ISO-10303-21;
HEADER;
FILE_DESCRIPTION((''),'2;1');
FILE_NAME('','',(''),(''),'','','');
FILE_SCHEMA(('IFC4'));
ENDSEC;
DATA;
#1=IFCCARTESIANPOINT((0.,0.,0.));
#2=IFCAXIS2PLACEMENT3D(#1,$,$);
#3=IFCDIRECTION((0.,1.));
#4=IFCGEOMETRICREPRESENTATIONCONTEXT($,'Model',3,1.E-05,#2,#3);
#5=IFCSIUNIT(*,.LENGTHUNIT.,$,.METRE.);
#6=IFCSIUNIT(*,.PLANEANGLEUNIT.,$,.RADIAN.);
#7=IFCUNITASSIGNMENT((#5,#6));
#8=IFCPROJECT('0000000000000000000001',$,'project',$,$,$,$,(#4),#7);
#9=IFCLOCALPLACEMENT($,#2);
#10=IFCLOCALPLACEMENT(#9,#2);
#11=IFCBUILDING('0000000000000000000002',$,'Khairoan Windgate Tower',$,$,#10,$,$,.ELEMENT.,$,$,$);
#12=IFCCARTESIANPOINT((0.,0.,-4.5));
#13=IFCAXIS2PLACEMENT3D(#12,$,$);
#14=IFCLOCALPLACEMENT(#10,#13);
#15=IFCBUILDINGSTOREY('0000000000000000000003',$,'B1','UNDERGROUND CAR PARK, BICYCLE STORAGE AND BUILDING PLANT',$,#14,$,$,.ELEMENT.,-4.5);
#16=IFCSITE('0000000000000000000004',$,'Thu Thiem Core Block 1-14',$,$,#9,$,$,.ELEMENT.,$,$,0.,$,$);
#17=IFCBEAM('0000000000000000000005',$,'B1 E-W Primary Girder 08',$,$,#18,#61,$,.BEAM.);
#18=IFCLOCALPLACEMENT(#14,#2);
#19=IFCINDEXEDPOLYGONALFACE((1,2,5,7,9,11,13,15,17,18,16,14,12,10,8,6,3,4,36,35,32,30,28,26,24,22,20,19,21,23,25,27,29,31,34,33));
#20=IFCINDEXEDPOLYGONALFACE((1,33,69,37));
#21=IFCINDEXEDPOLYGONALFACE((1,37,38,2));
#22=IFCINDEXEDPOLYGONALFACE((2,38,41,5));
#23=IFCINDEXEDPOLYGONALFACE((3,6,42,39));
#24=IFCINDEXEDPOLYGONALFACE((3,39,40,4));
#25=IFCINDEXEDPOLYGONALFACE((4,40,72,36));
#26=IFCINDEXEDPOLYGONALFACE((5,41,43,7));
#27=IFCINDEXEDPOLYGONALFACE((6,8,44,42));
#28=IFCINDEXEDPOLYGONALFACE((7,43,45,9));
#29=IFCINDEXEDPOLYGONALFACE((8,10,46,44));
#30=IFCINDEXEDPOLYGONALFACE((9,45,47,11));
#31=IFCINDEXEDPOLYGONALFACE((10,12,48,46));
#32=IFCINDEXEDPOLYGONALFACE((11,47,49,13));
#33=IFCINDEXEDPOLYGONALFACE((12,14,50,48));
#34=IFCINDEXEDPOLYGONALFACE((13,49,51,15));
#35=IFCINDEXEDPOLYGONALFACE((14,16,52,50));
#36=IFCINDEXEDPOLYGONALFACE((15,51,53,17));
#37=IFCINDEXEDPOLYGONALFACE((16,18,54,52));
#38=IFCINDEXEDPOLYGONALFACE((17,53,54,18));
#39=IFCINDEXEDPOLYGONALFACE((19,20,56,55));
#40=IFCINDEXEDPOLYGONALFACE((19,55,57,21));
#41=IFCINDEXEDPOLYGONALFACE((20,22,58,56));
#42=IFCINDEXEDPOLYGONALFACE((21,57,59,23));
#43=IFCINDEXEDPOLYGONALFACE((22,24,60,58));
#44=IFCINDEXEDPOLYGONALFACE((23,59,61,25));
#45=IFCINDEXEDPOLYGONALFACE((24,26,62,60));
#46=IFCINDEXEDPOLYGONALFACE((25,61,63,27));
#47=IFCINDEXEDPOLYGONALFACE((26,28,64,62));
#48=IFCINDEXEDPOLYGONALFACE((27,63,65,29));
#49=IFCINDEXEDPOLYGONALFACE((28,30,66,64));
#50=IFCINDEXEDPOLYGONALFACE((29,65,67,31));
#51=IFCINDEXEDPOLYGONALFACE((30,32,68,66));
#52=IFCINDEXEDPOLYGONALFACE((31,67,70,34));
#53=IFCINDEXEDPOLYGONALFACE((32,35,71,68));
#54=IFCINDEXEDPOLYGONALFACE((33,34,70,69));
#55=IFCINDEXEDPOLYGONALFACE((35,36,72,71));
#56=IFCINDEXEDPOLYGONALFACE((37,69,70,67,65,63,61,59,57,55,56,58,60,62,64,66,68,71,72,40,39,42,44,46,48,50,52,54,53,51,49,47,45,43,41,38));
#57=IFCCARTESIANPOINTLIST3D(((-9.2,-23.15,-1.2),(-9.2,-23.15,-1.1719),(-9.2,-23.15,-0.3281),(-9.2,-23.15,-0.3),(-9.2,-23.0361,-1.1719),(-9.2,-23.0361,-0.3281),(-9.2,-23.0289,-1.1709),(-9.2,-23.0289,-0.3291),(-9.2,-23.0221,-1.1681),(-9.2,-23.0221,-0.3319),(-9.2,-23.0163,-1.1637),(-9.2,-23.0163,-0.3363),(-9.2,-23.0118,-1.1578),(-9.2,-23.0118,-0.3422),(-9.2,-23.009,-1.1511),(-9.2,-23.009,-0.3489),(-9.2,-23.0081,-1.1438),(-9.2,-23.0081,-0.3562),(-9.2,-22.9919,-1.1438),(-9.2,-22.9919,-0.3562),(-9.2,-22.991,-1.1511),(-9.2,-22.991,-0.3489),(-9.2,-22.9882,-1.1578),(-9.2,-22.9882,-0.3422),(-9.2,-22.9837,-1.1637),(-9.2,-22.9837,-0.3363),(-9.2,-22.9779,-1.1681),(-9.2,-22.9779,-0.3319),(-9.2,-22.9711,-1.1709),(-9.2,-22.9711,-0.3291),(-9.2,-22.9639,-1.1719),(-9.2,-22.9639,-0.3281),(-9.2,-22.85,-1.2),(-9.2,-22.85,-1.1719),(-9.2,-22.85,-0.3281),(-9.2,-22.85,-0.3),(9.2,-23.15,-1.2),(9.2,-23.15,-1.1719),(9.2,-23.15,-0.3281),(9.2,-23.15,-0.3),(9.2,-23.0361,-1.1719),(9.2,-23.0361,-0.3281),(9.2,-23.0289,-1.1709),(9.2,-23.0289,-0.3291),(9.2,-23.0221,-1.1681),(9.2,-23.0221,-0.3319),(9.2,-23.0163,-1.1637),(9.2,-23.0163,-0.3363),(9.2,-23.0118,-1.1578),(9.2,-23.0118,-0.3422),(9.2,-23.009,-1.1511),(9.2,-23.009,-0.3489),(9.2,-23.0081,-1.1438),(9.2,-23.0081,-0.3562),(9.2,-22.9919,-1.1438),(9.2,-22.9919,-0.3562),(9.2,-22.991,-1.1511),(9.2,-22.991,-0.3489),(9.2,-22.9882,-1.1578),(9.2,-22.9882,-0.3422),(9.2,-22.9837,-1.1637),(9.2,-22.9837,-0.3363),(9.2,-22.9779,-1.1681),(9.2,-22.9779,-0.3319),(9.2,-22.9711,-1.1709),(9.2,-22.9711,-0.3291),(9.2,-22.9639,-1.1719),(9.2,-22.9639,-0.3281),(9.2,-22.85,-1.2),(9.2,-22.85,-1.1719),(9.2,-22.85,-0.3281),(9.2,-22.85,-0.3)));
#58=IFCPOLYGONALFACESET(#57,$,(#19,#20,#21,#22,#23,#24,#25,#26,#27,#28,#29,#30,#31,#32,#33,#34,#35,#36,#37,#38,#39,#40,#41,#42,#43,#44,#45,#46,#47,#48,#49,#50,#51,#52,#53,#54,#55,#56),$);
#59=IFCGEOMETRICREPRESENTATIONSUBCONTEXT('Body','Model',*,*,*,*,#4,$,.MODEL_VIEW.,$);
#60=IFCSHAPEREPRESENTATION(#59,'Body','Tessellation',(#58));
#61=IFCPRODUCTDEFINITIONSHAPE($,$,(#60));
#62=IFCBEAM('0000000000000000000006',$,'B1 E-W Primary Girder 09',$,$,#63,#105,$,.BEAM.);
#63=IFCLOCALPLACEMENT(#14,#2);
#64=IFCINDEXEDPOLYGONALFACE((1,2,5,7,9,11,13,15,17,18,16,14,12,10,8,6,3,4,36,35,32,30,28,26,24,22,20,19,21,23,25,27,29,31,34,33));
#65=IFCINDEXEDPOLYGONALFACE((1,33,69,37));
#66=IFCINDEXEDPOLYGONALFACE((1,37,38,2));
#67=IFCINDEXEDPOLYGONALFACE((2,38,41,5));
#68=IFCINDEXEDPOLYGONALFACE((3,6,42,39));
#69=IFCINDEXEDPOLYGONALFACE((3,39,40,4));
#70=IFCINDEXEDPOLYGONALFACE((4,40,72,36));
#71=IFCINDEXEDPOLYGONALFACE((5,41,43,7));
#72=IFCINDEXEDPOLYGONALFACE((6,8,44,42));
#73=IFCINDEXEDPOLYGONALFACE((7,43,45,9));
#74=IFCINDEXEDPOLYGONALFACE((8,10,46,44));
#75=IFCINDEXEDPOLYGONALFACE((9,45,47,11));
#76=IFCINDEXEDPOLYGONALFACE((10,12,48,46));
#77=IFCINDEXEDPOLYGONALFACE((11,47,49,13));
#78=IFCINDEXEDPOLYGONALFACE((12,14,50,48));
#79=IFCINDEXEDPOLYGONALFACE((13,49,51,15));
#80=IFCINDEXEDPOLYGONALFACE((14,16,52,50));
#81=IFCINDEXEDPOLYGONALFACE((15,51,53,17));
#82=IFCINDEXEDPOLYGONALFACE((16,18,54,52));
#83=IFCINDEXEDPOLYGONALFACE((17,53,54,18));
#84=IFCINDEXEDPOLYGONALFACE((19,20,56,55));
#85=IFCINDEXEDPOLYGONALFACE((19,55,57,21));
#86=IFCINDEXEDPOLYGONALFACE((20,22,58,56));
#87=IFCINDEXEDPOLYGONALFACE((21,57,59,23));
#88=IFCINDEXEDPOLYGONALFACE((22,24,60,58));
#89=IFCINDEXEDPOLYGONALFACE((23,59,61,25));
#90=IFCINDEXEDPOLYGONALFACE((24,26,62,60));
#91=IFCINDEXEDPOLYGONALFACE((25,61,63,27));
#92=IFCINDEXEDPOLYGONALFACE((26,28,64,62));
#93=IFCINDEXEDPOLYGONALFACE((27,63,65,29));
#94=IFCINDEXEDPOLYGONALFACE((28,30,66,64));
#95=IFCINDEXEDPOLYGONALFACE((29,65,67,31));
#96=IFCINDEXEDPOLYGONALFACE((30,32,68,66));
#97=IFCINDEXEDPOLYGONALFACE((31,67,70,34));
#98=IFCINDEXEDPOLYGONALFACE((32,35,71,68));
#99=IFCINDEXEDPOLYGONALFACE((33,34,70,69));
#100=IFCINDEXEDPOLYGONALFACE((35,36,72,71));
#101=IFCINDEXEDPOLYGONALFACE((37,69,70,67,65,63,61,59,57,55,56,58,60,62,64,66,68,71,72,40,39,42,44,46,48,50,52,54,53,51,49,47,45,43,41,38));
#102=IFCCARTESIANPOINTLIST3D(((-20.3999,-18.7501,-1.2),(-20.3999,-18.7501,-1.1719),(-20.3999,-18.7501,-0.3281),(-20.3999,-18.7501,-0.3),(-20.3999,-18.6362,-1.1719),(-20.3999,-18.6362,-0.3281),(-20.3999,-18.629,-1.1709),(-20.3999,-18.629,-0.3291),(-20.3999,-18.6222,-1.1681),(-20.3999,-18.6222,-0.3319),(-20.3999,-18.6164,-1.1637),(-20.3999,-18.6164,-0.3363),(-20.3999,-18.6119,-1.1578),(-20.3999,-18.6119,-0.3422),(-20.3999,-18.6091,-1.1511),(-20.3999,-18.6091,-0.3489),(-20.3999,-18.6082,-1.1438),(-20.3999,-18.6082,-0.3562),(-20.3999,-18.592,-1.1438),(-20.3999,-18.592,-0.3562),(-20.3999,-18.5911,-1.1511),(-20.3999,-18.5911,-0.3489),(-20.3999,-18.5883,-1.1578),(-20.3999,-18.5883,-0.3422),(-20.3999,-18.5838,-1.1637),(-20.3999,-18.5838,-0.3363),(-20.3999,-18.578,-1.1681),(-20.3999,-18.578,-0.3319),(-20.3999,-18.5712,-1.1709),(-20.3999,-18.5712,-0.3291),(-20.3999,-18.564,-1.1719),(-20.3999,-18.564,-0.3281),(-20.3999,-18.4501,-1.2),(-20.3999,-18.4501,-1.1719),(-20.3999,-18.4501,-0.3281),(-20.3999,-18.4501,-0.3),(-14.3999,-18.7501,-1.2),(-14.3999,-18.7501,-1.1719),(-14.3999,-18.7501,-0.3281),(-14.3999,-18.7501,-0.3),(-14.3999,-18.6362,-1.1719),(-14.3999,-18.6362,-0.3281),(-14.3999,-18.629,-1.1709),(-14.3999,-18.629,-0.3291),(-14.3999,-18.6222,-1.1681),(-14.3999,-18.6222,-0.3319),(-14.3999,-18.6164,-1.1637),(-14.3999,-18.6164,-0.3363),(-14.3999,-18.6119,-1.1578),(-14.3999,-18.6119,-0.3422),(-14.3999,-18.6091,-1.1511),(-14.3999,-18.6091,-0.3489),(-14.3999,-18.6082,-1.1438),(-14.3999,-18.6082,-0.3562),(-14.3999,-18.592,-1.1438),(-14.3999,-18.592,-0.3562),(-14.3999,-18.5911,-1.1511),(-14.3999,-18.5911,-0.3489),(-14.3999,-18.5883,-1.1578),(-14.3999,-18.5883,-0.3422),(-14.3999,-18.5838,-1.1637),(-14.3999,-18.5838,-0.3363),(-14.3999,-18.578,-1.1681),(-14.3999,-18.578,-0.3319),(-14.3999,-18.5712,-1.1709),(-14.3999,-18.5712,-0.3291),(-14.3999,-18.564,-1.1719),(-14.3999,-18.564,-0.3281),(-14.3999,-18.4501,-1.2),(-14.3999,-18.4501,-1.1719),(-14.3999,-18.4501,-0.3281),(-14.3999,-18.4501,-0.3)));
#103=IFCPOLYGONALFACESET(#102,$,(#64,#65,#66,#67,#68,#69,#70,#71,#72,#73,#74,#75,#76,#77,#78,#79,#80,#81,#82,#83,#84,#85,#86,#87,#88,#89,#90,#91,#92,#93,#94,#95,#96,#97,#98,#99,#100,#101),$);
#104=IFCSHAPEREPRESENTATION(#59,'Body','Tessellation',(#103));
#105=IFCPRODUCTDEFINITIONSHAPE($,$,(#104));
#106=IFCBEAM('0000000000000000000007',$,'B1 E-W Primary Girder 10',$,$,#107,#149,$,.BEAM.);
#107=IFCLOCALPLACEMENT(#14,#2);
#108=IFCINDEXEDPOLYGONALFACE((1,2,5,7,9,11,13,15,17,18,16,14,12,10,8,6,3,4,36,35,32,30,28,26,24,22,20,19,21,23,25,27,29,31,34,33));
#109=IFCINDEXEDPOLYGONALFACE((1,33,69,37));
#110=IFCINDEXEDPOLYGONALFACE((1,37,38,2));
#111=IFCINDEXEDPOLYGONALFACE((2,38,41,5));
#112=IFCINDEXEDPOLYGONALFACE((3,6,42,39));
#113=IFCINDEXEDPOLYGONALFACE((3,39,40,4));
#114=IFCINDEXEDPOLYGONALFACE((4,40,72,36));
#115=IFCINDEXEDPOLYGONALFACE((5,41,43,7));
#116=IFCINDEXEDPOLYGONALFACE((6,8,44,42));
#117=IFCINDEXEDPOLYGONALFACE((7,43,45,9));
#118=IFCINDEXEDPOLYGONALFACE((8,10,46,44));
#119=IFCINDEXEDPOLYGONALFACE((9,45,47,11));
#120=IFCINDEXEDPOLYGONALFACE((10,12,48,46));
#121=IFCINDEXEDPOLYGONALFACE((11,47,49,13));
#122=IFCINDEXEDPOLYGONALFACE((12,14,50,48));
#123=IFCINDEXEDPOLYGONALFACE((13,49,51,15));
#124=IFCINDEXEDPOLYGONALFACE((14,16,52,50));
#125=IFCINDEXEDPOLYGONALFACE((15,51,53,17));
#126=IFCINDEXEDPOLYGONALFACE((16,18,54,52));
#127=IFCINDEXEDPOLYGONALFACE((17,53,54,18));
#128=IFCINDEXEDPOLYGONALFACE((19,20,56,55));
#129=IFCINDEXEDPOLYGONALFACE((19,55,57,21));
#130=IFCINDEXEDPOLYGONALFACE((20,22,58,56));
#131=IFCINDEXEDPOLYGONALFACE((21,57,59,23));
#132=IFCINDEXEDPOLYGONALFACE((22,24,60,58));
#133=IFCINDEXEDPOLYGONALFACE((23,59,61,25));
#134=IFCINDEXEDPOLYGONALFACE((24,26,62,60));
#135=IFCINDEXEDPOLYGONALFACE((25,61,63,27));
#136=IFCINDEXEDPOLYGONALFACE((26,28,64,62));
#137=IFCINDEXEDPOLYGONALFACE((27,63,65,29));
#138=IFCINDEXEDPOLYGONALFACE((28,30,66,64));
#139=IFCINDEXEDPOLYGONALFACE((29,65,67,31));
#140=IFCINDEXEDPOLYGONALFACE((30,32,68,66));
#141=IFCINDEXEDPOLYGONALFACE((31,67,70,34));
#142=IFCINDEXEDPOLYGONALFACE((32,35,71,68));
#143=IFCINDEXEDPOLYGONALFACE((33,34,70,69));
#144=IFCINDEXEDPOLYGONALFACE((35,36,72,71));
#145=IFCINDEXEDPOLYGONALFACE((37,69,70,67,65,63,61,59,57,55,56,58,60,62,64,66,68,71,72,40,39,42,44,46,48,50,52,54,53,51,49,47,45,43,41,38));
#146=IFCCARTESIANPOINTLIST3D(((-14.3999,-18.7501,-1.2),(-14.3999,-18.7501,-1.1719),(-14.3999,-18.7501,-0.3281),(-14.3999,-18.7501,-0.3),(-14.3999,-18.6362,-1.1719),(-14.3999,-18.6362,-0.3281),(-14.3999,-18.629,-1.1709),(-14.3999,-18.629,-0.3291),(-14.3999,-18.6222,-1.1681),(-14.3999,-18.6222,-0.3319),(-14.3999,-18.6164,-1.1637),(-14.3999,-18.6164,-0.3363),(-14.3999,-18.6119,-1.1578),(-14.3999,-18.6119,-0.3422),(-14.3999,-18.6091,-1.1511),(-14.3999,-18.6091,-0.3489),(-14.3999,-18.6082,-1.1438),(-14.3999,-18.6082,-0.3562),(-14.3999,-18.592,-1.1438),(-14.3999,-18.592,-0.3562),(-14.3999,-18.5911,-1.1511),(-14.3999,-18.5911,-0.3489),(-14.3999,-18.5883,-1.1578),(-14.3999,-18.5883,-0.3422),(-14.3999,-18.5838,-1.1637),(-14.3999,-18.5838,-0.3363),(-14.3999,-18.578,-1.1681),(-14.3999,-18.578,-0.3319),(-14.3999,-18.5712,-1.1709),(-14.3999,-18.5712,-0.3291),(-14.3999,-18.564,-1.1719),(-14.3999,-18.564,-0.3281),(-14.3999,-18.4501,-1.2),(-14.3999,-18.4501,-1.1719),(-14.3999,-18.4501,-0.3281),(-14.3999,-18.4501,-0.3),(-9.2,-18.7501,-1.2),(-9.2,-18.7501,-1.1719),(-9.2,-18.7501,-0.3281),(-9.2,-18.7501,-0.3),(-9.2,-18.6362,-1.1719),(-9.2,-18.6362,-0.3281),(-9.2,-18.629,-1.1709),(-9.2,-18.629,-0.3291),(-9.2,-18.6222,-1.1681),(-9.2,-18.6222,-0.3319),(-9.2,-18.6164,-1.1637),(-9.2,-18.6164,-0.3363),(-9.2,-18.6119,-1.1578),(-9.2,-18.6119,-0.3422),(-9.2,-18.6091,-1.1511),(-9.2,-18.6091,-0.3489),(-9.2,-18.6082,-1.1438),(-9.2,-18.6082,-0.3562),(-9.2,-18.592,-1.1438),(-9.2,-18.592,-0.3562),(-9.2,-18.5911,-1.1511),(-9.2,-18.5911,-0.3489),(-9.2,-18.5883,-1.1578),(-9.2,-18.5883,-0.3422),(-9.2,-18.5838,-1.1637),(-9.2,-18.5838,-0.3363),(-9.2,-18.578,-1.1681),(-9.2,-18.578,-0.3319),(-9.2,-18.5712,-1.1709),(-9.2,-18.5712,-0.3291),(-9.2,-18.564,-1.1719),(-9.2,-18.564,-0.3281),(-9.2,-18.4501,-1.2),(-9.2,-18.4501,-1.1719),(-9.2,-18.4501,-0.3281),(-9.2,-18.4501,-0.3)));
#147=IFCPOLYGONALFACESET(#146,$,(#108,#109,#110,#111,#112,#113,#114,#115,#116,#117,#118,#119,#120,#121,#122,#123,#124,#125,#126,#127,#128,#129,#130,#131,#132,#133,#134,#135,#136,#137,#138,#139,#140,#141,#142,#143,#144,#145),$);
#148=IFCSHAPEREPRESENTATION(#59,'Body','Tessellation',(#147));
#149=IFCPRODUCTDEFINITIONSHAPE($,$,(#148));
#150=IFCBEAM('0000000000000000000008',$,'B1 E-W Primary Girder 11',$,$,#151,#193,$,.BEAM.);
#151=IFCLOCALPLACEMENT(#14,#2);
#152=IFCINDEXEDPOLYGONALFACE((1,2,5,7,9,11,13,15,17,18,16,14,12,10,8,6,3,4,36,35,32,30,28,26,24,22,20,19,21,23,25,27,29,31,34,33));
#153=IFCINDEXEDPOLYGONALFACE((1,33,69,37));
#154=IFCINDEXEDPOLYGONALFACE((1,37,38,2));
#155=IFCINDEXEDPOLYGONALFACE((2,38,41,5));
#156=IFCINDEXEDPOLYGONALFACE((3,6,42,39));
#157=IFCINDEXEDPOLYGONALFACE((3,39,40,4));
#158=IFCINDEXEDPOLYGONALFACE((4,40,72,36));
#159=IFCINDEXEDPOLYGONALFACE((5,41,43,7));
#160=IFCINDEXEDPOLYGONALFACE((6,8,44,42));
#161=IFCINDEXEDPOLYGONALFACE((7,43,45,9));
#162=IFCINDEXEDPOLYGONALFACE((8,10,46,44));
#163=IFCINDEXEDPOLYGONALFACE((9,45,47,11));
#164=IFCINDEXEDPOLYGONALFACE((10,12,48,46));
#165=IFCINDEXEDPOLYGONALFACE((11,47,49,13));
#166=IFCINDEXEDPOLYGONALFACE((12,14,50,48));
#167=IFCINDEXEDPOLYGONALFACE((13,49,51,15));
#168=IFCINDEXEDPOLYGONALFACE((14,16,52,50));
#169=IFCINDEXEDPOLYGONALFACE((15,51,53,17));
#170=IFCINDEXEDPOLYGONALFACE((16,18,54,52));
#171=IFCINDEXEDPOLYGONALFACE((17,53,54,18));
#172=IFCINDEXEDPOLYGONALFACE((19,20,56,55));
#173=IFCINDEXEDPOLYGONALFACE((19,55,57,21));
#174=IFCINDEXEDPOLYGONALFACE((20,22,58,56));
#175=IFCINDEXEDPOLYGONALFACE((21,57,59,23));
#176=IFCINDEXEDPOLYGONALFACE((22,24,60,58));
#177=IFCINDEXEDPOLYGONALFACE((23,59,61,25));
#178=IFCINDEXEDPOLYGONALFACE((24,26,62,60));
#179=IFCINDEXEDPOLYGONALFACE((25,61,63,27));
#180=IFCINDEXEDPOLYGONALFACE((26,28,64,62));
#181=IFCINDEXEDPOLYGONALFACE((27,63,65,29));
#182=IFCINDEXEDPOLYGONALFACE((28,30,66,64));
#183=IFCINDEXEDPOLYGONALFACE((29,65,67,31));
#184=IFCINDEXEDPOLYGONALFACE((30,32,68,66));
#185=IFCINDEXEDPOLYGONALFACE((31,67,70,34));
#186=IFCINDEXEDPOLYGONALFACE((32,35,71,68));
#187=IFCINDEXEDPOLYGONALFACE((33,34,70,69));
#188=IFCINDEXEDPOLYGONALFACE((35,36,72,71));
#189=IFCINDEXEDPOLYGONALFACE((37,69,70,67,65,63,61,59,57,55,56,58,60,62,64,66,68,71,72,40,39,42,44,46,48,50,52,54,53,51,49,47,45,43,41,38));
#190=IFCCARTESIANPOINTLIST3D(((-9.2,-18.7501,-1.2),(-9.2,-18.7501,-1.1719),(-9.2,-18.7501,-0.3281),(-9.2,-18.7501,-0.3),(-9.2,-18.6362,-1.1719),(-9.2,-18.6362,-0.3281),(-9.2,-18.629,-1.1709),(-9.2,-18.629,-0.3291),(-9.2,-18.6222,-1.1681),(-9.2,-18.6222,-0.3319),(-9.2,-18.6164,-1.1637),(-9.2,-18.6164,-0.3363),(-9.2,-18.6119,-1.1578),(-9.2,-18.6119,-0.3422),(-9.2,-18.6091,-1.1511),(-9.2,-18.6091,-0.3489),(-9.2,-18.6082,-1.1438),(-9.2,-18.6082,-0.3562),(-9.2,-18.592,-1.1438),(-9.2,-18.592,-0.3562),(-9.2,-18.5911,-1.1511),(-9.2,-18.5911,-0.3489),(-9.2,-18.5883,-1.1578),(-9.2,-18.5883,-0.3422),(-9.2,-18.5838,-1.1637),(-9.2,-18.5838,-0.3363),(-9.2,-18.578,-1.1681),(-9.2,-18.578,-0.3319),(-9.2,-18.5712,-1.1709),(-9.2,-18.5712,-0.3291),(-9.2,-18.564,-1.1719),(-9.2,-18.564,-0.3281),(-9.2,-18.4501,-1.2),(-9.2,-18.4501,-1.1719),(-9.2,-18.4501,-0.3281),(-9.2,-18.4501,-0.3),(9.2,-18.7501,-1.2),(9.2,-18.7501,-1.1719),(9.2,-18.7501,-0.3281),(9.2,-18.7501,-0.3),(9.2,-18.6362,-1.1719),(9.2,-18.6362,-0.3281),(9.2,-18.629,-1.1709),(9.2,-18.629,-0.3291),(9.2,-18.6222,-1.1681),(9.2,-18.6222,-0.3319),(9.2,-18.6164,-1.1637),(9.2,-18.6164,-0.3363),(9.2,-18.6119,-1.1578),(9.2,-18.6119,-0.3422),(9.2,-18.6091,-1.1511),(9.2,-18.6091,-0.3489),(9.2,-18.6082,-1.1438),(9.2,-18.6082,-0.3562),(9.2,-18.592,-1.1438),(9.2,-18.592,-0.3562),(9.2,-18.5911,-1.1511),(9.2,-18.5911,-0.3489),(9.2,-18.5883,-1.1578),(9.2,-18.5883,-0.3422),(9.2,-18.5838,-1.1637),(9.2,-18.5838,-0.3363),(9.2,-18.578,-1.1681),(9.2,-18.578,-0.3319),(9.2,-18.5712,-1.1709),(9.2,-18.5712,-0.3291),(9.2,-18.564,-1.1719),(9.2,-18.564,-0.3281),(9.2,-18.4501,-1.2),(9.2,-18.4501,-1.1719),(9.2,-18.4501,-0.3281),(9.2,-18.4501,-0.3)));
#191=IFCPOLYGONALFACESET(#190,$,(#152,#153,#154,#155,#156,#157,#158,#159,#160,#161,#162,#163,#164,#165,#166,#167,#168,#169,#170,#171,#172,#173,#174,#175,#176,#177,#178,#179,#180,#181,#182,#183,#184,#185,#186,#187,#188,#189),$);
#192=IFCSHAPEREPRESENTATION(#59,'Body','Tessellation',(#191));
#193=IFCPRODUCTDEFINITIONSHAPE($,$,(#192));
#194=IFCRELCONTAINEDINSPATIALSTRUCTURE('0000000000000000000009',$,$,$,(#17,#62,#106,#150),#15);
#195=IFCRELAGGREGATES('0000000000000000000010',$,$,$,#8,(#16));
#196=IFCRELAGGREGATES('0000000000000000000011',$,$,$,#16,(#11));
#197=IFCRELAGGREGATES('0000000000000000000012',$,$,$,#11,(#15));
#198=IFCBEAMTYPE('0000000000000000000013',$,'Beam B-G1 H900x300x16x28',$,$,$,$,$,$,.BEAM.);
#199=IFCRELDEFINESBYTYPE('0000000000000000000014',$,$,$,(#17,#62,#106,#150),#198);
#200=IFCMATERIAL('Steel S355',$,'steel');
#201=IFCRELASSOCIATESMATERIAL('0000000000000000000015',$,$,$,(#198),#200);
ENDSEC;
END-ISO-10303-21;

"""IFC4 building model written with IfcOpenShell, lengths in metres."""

from ifc_helpers import new_model, si_unit, direction, frame, origin, origin_2d, place, context, subcontext, project, spatial, i_section, extrude, material, material_profile, profile_set, type_object, element, save


model = new_model("IFC4")

# Units and contexts
model_context = context("Model", 3, precision=1e-05, world=origin(), true_north=direction((0.0, 1.0)))
body_context = subcontext(model_context, "Body", "Model", "MODEL_VIEW")
ifc_project = project(units=[si_unit("LENGTHUNIT", "METRE"), si_unit("PLANEANGLEUNIT", "RADIAN")], contexts=[model_context])

# Site, building, storey
site_placement = place(None, origin())
site = spatial("IfcSite", under=ifc_project, at=site_placement, Name="Thu Thiem Core Block 1-14", CompositionType="ELEMENT", RefElevation=0.0)
building_placement = place(site_placement, origin())
building = spatial("IfcBuilding", under=site, at=building_placement, Name="Khairoan Windgate Tower", CompositionType="ELEMENT")
storey_placement = place(building_placement, frame((0.0, 0.0, -4.5)))
storey = spatial("IfcBuildingStorey", under=building, at=storey_placement, Name="B1", Description="UNDERGROUND CAR PARK, BICYCLE STORAGE AND BUILDING PLANT", CompositionType="ELEMENT", Elevation=-4.5)

# Beams
ifc_material_1 = material(Name="Steel S355", Category="steel")
ifc_material_profile_1 = material_profile(ifc_material_1, i_section(OverallWidth=0.3, OverallDepth=0.8999, WebThickness=0.0161, FlangeThickness=0.0281, FilletRadius=0.0281, at=origin_2d()))
ifc_profile_set_1 = profile_set([ifc_material_profile_1], Name="Steel S355")
beam_type_1 = type_object("IfcBeamType", Name="Beam B-G1 H900x300x16x28", PredefinedType="BEAM", material=ifc_profile_set_1)
for number, where, z_axis, x_axis, name in (
    (1, (-9.2, -23.0, -0.75), (1.0, 0.0, 0.0), (0.0, 1.0, 0.0), "B1 E-W Primary Girder 08"),
):
    element("IfcBeam", number, at=place(storey_placement, frame(where, z_axis=z_axis, x_axis=x_axis)), inside=storey, type_object=beam_type_1, Name=name, PredefinedType="BEAM", context=body_context, shape_type="SweptSolid", body=[
        extrude(i_section(OverallWidth=0.3, OverallDepth=0.8999, WebThickness=0.0161, FlangeThickness=0.0281, FilletRadius=0.0281, at=origin_2d()), origin(), (0.0, 0.0, 1.0), 18.3999),
    ])
beam_1_placement = place(storey_placement, frame((-20.3999, -18.6001, -0.75), z_axis=(1.0, 0.0, 0.0), x_axis=(0.0, 1.0, 0.0)))
element("IfcBeam", 2, at=beam_1_placement, inside=storey, type_object=beam_type_1, Name="B1 E-W Primary Girder 09", PredefinedType="BEAM", context=body_context, shape_type="SweptSolid", body=[
    extrude(i_section(OverallWidth=0.3, OverallDepth=0.8999, WebThickness=0.0161, FlangeThickness=0.0281, FilletRadius=0.0281, at=origin_2d()), origin(), (0.0, 0.0, 1.0), 6.0),
])
beam_2_placement = place(storey_placement, frame((-14.3999, -18.6001, -0.75), z_axis=(1.0, 0.0, 0.0), x_axis=(0.0, 1.0, 0.0)))
element("IfcBeam", 3, at=beam_2_placement, inside=storey, type_object=beam_type_1, Name="B1 E-W Primary Girder 10", PredefinedType="BEAM", context=body_context, shape_type="SweptSolid", body=[
    extrude(i_section(OverallWidth=0.3, OverallDepth=0.8999, WebThickness=0.0161, FlangeThickness=0.0281, FilletRadius=0.0281, at=origin_2d()), origin(), (0.0, 0.0, 1.0), 5.2),
])
beam_3_placement = place(storey_placement, frame((-9.2, -18.6001, -0.75), z_axis=(1.0, 0.0, 0.0), x_axis=(0.0, 1.0, 0.0)))
element("IfcBeam", 4, at=beam_3_placement, inside=storey, type_object=beam_type_1, Name="B1 E-W Primary Girder 11", PredefinedType="BEAM", context=body_context, shape_type="SweptSolid", body=[
    extrude(i_section(OverallWidth=0.3, OverallDepth=0.8999, WebThickness=0.0161, FlangeThickness=0.0281, FilletRadius=0.0281, at=origin_2d()), origin(), (0.0, 0.0, 1.0), 18.3999),
])

save(model, "model.ifc")
